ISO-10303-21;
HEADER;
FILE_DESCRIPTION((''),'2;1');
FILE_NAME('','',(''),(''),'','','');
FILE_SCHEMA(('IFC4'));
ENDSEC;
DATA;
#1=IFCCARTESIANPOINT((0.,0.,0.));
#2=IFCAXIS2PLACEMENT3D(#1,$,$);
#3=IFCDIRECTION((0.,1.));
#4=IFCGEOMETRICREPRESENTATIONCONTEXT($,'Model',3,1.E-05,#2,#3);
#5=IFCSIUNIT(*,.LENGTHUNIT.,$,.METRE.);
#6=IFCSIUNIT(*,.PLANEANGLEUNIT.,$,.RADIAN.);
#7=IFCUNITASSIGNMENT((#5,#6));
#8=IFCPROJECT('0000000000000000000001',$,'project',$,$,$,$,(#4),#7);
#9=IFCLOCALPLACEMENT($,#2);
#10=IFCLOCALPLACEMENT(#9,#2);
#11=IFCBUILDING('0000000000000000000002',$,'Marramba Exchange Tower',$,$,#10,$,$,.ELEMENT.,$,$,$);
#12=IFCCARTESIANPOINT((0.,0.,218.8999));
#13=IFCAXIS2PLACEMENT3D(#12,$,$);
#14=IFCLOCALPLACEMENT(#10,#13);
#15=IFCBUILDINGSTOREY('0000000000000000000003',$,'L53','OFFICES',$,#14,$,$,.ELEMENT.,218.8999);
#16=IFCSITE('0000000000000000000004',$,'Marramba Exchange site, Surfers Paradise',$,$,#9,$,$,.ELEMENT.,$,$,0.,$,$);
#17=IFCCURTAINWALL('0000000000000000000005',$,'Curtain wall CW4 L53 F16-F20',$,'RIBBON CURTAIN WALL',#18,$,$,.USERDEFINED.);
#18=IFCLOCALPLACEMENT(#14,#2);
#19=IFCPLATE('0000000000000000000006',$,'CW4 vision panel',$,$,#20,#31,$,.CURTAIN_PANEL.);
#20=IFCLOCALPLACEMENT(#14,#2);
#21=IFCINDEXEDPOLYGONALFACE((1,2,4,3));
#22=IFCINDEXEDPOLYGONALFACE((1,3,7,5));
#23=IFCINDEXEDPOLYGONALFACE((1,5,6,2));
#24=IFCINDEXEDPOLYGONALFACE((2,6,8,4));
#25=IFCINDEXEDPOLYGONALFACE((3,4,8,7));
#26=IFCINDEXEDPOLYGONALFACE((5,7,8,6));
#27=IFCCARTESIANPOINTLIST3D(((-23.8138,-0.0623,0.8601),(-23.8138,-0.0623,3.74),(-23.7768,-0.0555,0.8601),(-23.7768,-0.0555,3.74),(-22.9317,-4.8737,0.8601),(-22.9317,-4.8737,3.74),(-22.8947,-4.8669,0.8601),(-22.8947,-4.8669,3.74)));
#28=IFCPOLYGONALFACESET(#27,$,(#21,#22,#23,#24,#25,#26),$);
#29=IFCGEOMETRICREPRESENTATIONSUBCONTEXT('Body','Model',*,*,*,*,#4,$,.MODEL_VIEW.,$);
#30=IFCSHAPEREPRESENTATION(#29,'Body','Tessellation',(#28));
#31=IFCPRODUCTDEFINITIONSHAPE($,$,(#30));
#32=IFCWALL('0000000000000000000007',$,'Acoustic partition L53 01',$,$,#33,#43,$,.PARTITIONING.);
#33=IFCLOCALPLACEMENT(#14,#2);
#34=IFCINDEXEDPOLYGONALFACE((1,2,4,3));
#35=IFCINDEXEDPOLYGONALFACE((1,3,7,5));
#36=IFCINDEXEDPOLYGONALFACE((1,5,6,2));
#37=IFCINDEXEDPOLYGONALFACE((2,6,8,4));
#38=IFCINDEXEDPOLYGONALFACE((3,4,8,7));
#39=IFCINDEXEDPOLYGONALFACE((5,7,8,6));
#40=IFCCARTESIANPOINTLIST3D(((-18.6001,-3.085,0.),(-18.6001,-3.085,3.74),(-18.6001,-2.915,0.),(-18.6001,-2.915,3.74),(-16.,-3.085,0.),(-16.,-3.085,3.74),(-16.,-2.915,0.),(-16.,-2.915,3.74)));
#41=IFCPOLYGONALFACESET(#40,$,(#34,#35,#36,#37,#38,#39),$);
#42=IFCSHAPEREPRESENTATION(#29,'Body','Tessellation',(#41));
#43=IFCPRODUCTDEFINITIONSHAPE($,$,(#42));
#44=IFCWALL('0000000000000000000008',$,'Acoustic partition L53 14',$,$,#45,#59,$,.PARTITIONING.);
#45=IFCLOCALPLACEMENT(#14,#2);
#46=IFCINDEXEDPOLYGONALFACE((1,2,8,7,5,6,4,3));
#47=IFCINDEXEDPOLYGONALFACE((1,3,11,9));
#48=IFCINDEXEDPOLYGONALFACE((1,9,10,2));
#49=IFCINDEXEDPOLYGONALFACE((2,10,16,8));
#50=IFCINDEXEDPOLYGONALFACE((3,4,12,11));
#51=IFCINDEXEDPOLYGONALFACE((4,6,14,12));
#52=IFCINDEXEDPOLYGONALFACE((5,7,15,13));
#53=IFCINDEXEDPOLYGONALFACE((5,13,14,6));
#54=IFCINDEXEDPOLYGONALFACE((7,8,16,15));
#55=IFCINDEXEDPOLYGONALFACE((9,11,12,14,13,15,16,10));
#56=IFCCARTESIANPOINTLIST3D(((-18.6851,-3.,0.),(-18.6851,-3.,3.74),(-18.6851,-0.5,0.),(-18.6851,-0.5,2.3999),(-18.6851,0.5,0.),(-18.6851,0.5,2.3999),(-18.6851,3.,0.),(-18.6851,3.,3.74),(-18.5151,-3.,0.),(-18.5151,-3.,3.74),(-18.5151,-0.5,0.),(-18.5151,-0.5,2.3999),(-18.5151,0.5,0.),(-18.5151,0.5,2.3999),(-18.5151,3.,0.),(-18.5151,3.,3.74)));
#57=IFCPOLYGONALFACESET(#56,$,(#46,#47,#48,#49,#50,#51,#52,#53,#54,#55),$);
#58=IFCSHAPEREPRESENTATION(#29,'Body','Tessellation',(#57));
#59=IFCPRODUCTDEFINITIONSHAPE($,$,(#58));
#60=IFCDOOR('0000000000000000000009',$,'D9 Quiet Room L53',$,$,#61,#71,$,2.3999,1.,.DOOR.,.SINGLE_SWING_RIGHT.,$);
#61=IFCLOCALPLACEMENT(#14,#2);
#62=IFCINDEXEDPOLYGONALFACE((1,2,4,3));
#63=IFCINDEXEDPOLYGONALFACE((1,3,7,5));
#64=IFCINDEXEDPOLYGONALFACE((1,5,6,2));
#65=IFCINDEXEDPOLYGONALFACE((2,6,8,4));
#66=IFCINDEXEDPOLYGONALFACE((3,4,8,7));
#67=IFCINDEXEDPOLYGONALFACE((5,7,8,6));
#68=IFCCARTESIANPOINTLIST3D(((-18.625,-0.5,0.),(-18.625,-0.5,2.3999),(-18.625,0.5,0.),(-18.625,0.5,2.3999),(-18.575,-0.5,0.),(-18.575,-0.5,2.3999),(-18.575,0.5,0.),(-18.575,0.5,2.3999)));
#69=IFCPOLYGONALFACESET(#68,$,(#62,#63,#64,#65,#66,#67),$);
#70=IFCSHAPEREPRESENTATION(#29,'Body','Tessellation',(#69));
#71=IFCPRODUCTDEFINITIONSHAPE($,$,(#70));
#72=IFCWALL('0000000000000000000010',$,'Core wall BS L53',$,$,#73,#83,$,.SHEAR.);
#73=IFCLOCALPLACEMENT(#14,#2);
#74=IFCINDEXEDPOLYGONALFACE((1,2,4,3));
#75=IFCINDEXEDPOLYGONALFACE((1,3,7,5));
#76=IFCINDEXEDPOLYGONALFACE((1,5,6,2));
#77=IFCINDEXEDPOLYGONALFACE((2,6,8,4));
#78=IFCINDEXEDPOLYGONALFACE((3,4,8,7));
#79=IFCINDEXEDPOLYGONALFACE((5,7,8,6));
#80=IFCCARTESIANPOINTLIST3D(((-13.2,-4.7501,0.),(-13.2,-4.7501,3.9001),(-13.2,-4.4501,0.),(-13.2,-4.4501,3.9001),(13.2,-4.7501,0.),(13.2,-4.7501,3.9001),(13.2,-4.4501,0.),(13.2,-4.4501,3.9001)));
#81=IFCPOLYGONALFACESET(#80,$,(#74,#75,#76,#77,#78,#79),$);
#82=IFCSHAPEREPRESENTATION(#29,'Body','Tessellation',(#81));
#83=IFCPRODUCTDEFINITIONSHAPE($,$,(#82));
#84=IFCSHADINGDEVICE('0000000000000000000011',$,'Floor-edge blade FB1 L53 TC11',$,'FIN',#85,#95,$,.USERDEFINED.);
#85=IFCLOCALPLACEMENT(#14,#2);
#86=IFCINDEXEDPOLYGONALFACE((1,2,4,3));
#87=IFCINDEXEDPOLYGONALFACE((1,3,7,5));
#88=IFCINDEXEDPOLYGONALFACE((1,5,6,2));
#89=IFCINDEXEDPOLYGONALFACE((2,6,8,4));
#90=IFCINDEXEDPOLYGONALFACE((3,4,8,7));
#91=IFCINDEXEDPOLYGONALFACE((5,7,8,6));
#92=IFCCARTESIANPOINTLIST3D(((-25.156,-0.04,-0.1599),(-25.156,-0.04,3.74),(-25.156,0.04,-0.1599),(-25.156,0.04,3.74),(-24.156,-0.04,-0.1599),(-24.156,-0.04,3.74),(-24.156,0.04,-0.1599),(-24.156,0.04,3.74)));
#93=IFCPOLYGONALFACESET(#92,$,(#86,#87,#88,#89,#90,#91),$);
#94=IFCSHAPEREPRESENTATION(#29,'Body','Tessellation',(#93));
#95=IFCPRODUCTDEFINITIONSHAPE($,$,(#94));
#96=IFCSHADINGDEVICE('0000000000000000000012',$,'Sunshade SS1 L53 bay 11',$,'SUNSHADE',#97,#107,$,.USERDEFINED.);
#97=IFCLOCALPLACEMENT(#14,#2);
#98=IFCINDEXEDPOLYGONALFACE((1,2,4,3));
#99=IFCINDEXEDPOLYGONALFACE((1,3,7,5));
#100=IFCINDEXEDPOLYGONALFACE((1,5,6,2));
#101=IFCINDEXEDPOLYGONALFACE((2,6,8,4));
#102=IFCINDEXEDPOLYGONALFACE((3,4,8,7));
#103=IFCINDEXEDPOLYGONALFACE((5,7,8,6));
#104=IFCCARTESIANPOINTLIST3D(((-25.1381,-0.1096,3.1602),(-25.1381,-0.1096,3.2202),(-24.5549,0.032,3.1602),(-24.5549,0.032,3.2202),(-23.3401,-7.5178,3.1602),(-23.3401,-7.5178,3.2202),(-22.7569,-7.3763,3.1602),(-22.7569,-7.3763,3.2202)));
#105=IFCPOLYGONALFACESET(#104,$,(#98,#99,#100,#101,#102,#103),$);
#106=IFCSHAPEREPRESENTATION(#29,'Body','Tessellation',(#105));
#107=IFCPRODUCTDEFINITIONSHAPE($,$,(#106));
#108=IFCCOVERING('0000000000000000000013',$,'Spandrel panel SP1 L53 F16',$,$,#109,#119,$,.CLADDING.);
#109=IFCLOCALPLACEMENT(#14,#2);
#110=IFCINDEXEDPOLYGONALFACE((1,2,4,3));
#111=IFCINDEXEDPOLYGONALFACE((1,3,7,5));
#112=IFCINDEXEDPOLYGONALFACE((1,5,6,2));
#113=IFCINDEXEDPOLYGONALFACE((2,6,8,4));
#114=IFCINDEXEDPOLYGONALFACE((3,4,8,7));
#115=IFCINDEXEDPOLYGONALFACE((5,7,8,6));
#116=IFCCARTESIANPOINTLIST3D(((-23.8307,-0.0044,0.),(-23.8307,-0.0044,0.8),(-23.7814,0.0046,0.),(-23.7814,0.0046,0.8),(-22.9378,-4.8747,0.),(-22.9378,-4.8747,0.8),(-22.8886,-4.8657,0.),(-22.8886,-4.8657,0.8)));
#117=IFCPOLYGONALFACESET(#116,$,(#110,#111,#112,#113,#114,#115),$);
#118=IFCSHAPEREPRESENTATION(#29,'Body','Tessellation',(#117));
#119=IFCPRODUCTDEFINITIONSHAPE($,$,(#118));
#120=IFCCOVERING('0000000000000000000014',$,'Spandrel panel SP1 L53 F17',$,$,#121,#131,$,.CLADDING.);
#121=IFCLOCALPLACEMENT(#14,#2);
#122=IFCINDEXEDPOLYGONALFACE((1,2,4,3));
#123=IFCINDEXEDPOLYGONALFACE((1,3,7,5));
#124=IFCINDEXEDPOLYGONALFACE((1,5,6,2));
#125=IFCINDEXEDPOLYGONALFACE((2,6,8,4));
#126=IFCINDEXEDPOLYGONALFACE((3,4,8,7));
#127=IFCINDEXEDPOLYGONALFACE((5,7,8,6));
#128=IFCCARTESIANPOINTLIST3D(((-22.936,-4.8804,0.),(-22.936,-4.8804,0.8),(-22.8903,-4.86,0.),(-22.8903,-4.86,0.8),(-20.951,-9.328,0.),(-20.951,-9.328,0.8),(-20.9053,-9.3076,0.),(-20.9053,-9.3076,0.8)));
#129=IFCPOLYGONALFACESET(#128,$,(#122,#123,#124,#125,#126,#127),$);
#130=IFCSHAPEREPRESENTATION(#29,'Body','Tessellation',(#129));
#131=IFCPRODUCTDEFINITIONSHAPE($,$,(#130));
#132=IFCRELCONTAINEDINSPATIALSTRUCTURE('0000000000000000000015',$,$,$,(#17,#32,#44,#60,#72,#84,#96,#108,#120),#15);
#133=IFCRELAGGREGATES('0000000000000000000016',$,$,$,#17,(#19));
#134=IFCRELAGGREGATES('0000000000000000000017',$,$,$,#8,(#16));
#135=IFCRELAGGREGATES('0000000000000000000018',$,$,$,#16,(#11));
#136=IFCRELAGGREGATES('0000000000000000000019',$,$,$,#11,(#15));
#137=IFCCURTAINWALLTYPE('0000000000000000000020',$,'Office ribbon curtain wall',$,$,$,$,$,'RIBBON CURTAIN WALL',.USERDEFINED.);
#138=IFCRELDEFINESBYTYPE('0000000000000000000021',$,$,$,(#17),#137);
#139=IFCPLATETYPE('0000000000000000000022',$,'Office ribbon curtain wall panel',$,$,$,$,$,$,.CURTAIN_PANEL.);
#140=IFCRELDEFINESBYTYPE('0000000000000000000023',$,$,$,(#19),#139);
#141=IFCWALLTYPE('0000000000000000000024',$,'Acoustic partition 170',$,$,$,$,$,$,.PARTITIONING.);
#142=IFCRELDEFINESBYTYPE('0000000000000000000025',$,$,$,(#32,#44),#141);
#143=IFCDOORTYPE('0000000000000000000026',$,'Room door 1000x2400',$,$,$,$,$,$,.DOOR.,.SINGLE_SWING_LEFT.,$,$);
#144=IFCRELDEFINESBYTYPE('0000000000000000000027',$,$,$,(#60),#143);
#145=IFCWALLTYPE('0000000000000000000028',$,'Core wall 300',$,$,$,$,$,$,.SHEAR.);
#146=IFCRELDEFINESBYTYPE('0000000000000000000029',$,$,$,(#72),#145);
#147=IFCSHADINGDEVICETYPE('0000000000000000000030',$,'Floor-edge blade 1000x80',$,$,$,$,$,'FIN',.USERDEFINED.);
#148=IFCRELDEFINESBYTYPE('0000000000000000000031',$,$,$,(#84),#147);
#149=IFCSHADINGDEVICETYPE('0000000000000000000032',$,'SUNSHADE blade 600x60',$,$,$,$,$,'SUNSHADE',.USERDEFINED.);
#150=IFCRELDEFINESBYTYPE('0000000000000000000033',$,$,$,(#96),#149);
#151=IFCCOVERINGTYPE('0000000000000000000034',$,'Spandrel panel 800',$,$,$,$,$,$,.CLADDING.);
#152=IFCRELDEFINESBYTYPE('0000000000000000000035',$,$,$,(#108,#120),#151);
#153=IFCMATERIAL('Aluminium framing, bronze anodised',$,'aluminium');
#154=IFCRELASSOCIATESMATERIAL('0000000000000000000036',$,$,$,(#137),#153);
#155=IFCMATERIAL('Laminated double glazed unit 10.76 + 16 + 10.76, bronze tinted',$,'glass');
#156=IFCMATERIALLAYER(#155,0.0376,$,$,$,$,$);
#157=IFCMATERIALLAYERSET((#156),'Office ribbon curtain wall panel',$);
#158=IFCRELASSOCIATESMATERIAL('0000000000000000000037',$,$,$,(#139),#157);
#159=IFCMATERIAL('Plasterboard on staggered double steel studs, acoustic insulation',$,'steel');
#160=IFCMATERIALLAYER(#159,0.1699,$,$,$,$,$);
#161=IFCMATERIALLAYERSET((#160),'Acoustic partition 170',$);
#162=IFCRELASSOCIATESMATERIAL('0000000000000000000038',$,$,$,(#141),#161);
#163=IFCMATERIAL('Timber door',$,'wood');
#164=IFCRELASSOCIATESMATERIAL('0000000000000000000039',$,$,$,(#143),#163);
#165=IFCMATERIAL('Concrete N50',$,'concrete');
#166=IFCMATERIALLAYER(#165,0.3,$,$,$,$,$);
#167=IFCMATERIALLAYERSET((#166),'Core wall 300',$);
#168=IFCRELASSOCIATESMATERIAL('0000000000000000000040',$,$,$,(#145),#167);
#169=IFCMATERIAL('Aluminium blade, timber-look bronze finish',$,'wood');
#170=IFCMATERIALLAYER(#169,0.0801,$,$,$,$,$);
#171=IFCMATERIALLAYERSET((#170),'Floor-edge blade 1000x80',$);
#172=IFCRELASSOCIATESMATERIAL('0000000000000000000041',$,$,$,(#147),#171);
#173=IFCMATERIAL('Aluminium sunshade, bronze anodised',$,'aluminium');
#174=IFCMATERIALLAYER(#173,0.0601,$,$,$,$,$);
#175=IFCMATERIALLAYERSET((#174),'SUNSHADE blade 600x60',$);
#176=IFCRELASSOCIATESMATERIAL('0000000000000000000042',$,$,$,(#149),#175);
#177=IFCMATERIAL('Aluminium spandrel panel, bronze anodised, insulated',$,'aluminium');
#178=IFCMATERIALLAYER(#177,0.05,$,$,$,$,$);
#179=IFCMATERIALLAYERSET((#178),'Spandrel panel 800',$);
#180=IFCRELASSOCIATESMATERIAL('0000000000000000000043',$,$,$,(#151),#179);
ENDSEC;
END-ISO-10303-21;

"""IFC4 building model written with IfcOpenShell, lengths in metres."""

from ifc_helpers import new_model, si_unit, direction, frame, frame_2d, origin, origin_2d, place, context, subcontext, project, spatial, rectangle, extrude, material, layer, layer_set, type_object, element, fill, aggregate, save


model = new_model("IFC4")

# Units and contexts
model_context = context("Model", 3, precision=1e-05, world=origin(), true_north=direction((0.0, 1.0)))
body_context = subcontext(model_context, "Body", "Model", "MODEL_VIEW")
ifc_project = project(units=[si_unit("LENGTHUNIT", "METRE"), si_unit("PLANEANGLEUNIT", "RADIAN")], contexts=[model_context])

# Site, building, storey
site_placement = place(None, origin())
site = spatial("IfcSite", under=ifc_project, at=site_placement, Name="Marramba Exchange site, Surfers Paradise", CompositionType="ELEMENT", RefElevation=0.0)
building_placement = place(site_placement, origin())
building = spatial("IfcBuilding", under=site, at=building_placement, Name="Marramba Exchange Tower", CompositionType="ELEMENT")
storey_placement = place(building_placement, frame((0.0, 0.0, 218.8999)))
storey = spatial("IfcBuildingStorey", under=building, at=storey_placement, Name="L53", Description="OFFICES", CompositionType="ELEMENT", Elevation=218.8999)

# Shared definitions
ifc_material_1 = material(Name="Concrete N50", Category="concrete")

# Curtain wall
ifc_material_2 = material(Name="Aluminium framing, bronze anodised", Category="aluminium")
curtain_wall_type = type_object("IfcCurtainWallType", Name="Office ribbon curtain wall", ElementType="RIBBON CURTAIN WALL", PredefinedType="USERDEFINED", material=ifc_material_2)
curtain_wall_placement = place(storey_placement, origin())
curtain_wall = element("IfcCurtainWall", 1, at=curtain_wall_placement, inside=storey, type_object=curtain_wall_type, Name="Curtain wall CW4 L53 F16-F20", ObjectType="RIBBON CURTAIN WALL", PredefinedType="USERDEFINED")

# Plate
ifc_material_3 = material(Name="Laminated double glazed unit 10.76 + 16 + 10.76, bronze tinted", Category="glass")
ifc_layer_1 = layer(ifc_material_3, 0.0376)
ifc_layer_set_1 = layer_set([ifc_layer_1], Name="Office ribbon curtain wall panel")
plate_type = type_object("IfcPlateType", Name="Office ribbon curtain wall panel", PredefinedType="CURTAIN_PANEL", material=ifc_layer_set_1)
plate_placement = place(storey_placement, frame((-23.3542, -2.4646, 0.8601), z_axis=(0.0, 0.0, 1.0), x_axis=(0.180327, -0.983607, 0.0)))
plate = element("IfcPlate", 2, at=plate_placement, type_object=plate_type, Name="CW4 vision panel", PredefinedType="CURTAIN_PANEL", context=body_context, shape_type="SweptSolid", body=[
    extrude(rectangle(XDim=4.8916, YDim=0.0376, at=origin_2d()), origin(), (0.0, 0.0, 1.0), 2.8799),
])
aggregate(curtain_wall, [plate])

# Wall
ifc_material_4 = material(Name="Plasterboard on staggered double steel studs, acoustic insulation", Category="steel")
ifc_layer_2 = layer(ifc_material_4, 0.1699)
ifc_layer_set_2 = layer_set([ifc_layer_2], Name="Acoustic partition 170")
wall_type_1 = type_object("IfcWallType", Name="Acoustic partition 170", PredefinedType="PARTITIONING", material=ifc_layer_set_2)
wall_1_placement = place(storey_placement, frame((-16.0, -3.0, 0.0), z_axis=(0.0, 0.0, 1.0), x_axis=(-1.0, 0.0, 0.0)))
element("IfcWall", 3, at=wall_1_placement, inside=storey, type_object=wall_type_1, Name="Acoustic partition L53 01", PredefinedType="PARTITIONING", context=body_context, shape_type="SweptSolid", body=[
    extrude(rectangle(XDim=2.6001, YDim=0.1699, at=frame_2d((1.3, 0.0))), origin(), (0.0, 0.0, 1.0), 3.74),
])

# Wall, opening, door
wall_2_placement = place(storey_placement, frame((-18.6001, -3.0, 0.0), z_axis=(0.0, 0.0, 1.0), x_axis=(0.0, 1.0, 0.0)))
wall_2 = element("IfcWall", 4, at=wall_2_placement, inside=storey, type_object=wall_type_1, Name="Acoustic partition L53 14", PredefinedType="PARTITIONING", context=body_context, shape_type="SweptSolid", body=[
    extrude(rectangle(XDim=6.0, YDim=0.1699, at=frame_2d((3.0, 0.0))), origin(), (0.0, 0.0, 1.0), 3.74),
])
opening_placement = place(wall_2_placement, frame((2.5, 0.0, 0.0)))
opening = element("IfcOpeningElement", 5, at=opening_placement, cuts=wall_2, PredefinedType="OPENING", context=body_context, shape_type="SweptSolid", body=[
    extrude(rectangle(XDim=1.0, YDim=2.3999, at=frame_2d((0.5, 1.2))), frame((0.0, 0.095, 0.0), z_axis=(0.0, -1.0, 0.0), x_axis=(1.0, 0.0, 0.0)), (0.0, 0.0, 1.0), 0.1899),
])
ifc_material_5 = material(Name="Timber door", Category="wood")
door_type = type_object("IfcDoorType", Name="Room door 1000x2400", OperationType="SINGLE_SWING_LEFT", PredefinedType="DOOR", material=ifc_material_5)
door_placement = place(opening_placement, frame((1.0, 0.0, 0.0), z_axis=(0.0, 0.0, 1.0), x_axis=(-1.0, 0.0, 0.0)))
door = element("IfcDoor", 6, at=door_placement, inside=storey, type_object=door_type, Name="D9 Quiet Room L53", OperationType="SINGLE_SWING_RIGHT", OverallHeight=2.3999, OverallWidth=1.0, PredefinedType="DOOR", context=body_context, shape_type="SweptSolid", body=[
    extrude(rectangle(XDim=1.0, YDim=2.3999, at=frame_2d((0.5, 1.2))), frame((0.0, 0.0251, 0.0), z_axis=(0.0, -1.0, 0.0), x_axis=(1.0, 0.0, 0.0)), (0.0, 0.0, 1.0), 0.05),
])
fill(opening, door)

# Wall
ifc_layer_3 = layer(ifc_material_1, 0.3)
ifc_layer_set_3 = layer_set([ifc_layer_3], Name="Core wall 300")
wall_type_2 = type_object("IfcWallType", Name="Core wall 300", PredefinedType="SHEAR", material=ifc_layer_set_3)
wall_3_placement = place(storey_placement, frame((-13.2, -4.6001, 0.0), z_axis=(0.0, 0.0, 1.0), x_axis=(1.0, 0.0, 0.0)))
element("IfcWall", 7, at=wall_3_placement, inside=storey, type_object=wall_type_2, Name="Core wall BS L53", PredefinedType="SHEAR", context=body_context, shape_type="SweptSolid", body=[
    extrude(rectangle(XDim=26.3999, YDim=0.3, at=frame_2d((13.2, 0.0))), origin(), (0.0, 0.0, 1.0), 3.9001),
])

# Shading devices
ifc_material_6 = material(Name="Aluminium blade, timber-look bronze finish", Category="wood")
ifc_layer_4 = layer(ifc_material_6, 0.0801)
ifc_layer_set_4 = layer_set([ifc_layer_4], Name="Floor-edge blade 1000x80")
shading_device_type_1 = type_object("IfcShadingDeviceType", Name="Floor-edge blade 1000x80", ElementType="FIN", PredefinedType="USERDEFINED", material=ifc_layer_set_4)
shading_device_1_placement = place(storey_placement, frame((-24.656, 0.0, -0.1599), z_axis=(0.0, 0.0, 1.0), x_axis=(-1.0, 0.0, 0.0)))
element("IfcShadingDevice", 8, at=shading_device_1_placement, inside=storey, type_object=shading_device_type_1, Name="Floor-edge blade FB1 L53 TC11", ObjectType="FIN", PredefinedType="USERDEFINED", context=body_context, shape_type="SweptSolid", body=[
    extrude(rectangle(XDim=1.0, YDim=0.0801, at=origin_2d()), origin(), (0.0, 0.0, 1.0), 3.8999),
])
ifc_material_7 = material(Name="Aluminium sunshade, bronze anodised", Category="aluminium")
ifc_layer_5 = layer(ifc_material_7, 0.0601)
ifc_layer_set_5 = layer_set([ifc_layer_5], Name="SUNSHADE blade 600x60")
shading_device_type_2 = type_object("IfcShadingDeviceType", Name="SUNSHADE blade 600x60", ElementType="SUNSHADE", PredefinedType="USERDEFINED", material=ifc_layer_set_5)
shading_device_2_placement = place(storey_placement, frame((-23.9475, -3.7429, 3.1602), z_axis=(0.0, 0.0, 1.0), x_axis=(0.235861, -0.971787, 0.0)))
element("IfcShadingDevice", 9, at=shading_device_2_placement, inside=storey, type_object=shading_device_type_2, Name="Sunshade SS1 L53 bay 11", ObjectType="SUNSHADE", PredefinedType="USERDEFINED", context=body_context, shape_type="SweptSolid", body=[
    extrude(rectangle(XDim=7.6233, YDim=0.6001, at=origin_2d()), origin(), (0.0, 0.0, 1.0), 0.0601),
])

# Coverings
ifc_material_8 = material(Name="Aluminium spandrel panel, bronze anodised, insulated", Category="aluminium")
ifc_layer_6 = layer(ifc_material_8, 0.05)
ifc_layer_set_6 = layer_set([ifc_layer_6], Name="Spandrel panel 800")
covering_type = type_object("IfcCoveringType", Name="Spandrel panel 800", PredefinedType="CLADDING", material=ifc_layer_set_6)
covering_1_placement = place(storey_placement, frame((-23.3596, -2.4351, 0.0), z_axis=(0.0, 0.0, 1.0), x_axis=(0.180327, -0.983607, 0.0)))
element("IfcCovering", 10, at=covering_1_placement, inside=storey, type_object=covering_type, Name="Spandrel panel SP1 L53 F16", PredefinedType="CLADDING", context=body_context, shape_type="SweptSolid", body=[
    extrude(rectangle(XDim=4.9514, YDim=0.05, at=origin_2d()), origin(), (0.0, 0.0, 1.0), 0.8),
])
covering_2_placement = place(storey_placement, frame((-21.9207, -7.094, 0.0), z_axis=(0.0, 0.0, 1.0), x_axis=(0.407558, -0.91318, 0.0)))
element("IfcCovering", 11, at=covering_2_placement, inside=storey, type_object=covering_type, Name="Spandrel panel SP1 L53 F17", PredefinedType="CLADDING", context=body_context, shape_type="SweptSolid", body=[
    extrude(rectangle(XDim=4.8704, YDim=0.05, at=origin_2d()), origin(), (0.0, 0.0, 1.0), 0.8),
])

save(model, "model.ifc")
